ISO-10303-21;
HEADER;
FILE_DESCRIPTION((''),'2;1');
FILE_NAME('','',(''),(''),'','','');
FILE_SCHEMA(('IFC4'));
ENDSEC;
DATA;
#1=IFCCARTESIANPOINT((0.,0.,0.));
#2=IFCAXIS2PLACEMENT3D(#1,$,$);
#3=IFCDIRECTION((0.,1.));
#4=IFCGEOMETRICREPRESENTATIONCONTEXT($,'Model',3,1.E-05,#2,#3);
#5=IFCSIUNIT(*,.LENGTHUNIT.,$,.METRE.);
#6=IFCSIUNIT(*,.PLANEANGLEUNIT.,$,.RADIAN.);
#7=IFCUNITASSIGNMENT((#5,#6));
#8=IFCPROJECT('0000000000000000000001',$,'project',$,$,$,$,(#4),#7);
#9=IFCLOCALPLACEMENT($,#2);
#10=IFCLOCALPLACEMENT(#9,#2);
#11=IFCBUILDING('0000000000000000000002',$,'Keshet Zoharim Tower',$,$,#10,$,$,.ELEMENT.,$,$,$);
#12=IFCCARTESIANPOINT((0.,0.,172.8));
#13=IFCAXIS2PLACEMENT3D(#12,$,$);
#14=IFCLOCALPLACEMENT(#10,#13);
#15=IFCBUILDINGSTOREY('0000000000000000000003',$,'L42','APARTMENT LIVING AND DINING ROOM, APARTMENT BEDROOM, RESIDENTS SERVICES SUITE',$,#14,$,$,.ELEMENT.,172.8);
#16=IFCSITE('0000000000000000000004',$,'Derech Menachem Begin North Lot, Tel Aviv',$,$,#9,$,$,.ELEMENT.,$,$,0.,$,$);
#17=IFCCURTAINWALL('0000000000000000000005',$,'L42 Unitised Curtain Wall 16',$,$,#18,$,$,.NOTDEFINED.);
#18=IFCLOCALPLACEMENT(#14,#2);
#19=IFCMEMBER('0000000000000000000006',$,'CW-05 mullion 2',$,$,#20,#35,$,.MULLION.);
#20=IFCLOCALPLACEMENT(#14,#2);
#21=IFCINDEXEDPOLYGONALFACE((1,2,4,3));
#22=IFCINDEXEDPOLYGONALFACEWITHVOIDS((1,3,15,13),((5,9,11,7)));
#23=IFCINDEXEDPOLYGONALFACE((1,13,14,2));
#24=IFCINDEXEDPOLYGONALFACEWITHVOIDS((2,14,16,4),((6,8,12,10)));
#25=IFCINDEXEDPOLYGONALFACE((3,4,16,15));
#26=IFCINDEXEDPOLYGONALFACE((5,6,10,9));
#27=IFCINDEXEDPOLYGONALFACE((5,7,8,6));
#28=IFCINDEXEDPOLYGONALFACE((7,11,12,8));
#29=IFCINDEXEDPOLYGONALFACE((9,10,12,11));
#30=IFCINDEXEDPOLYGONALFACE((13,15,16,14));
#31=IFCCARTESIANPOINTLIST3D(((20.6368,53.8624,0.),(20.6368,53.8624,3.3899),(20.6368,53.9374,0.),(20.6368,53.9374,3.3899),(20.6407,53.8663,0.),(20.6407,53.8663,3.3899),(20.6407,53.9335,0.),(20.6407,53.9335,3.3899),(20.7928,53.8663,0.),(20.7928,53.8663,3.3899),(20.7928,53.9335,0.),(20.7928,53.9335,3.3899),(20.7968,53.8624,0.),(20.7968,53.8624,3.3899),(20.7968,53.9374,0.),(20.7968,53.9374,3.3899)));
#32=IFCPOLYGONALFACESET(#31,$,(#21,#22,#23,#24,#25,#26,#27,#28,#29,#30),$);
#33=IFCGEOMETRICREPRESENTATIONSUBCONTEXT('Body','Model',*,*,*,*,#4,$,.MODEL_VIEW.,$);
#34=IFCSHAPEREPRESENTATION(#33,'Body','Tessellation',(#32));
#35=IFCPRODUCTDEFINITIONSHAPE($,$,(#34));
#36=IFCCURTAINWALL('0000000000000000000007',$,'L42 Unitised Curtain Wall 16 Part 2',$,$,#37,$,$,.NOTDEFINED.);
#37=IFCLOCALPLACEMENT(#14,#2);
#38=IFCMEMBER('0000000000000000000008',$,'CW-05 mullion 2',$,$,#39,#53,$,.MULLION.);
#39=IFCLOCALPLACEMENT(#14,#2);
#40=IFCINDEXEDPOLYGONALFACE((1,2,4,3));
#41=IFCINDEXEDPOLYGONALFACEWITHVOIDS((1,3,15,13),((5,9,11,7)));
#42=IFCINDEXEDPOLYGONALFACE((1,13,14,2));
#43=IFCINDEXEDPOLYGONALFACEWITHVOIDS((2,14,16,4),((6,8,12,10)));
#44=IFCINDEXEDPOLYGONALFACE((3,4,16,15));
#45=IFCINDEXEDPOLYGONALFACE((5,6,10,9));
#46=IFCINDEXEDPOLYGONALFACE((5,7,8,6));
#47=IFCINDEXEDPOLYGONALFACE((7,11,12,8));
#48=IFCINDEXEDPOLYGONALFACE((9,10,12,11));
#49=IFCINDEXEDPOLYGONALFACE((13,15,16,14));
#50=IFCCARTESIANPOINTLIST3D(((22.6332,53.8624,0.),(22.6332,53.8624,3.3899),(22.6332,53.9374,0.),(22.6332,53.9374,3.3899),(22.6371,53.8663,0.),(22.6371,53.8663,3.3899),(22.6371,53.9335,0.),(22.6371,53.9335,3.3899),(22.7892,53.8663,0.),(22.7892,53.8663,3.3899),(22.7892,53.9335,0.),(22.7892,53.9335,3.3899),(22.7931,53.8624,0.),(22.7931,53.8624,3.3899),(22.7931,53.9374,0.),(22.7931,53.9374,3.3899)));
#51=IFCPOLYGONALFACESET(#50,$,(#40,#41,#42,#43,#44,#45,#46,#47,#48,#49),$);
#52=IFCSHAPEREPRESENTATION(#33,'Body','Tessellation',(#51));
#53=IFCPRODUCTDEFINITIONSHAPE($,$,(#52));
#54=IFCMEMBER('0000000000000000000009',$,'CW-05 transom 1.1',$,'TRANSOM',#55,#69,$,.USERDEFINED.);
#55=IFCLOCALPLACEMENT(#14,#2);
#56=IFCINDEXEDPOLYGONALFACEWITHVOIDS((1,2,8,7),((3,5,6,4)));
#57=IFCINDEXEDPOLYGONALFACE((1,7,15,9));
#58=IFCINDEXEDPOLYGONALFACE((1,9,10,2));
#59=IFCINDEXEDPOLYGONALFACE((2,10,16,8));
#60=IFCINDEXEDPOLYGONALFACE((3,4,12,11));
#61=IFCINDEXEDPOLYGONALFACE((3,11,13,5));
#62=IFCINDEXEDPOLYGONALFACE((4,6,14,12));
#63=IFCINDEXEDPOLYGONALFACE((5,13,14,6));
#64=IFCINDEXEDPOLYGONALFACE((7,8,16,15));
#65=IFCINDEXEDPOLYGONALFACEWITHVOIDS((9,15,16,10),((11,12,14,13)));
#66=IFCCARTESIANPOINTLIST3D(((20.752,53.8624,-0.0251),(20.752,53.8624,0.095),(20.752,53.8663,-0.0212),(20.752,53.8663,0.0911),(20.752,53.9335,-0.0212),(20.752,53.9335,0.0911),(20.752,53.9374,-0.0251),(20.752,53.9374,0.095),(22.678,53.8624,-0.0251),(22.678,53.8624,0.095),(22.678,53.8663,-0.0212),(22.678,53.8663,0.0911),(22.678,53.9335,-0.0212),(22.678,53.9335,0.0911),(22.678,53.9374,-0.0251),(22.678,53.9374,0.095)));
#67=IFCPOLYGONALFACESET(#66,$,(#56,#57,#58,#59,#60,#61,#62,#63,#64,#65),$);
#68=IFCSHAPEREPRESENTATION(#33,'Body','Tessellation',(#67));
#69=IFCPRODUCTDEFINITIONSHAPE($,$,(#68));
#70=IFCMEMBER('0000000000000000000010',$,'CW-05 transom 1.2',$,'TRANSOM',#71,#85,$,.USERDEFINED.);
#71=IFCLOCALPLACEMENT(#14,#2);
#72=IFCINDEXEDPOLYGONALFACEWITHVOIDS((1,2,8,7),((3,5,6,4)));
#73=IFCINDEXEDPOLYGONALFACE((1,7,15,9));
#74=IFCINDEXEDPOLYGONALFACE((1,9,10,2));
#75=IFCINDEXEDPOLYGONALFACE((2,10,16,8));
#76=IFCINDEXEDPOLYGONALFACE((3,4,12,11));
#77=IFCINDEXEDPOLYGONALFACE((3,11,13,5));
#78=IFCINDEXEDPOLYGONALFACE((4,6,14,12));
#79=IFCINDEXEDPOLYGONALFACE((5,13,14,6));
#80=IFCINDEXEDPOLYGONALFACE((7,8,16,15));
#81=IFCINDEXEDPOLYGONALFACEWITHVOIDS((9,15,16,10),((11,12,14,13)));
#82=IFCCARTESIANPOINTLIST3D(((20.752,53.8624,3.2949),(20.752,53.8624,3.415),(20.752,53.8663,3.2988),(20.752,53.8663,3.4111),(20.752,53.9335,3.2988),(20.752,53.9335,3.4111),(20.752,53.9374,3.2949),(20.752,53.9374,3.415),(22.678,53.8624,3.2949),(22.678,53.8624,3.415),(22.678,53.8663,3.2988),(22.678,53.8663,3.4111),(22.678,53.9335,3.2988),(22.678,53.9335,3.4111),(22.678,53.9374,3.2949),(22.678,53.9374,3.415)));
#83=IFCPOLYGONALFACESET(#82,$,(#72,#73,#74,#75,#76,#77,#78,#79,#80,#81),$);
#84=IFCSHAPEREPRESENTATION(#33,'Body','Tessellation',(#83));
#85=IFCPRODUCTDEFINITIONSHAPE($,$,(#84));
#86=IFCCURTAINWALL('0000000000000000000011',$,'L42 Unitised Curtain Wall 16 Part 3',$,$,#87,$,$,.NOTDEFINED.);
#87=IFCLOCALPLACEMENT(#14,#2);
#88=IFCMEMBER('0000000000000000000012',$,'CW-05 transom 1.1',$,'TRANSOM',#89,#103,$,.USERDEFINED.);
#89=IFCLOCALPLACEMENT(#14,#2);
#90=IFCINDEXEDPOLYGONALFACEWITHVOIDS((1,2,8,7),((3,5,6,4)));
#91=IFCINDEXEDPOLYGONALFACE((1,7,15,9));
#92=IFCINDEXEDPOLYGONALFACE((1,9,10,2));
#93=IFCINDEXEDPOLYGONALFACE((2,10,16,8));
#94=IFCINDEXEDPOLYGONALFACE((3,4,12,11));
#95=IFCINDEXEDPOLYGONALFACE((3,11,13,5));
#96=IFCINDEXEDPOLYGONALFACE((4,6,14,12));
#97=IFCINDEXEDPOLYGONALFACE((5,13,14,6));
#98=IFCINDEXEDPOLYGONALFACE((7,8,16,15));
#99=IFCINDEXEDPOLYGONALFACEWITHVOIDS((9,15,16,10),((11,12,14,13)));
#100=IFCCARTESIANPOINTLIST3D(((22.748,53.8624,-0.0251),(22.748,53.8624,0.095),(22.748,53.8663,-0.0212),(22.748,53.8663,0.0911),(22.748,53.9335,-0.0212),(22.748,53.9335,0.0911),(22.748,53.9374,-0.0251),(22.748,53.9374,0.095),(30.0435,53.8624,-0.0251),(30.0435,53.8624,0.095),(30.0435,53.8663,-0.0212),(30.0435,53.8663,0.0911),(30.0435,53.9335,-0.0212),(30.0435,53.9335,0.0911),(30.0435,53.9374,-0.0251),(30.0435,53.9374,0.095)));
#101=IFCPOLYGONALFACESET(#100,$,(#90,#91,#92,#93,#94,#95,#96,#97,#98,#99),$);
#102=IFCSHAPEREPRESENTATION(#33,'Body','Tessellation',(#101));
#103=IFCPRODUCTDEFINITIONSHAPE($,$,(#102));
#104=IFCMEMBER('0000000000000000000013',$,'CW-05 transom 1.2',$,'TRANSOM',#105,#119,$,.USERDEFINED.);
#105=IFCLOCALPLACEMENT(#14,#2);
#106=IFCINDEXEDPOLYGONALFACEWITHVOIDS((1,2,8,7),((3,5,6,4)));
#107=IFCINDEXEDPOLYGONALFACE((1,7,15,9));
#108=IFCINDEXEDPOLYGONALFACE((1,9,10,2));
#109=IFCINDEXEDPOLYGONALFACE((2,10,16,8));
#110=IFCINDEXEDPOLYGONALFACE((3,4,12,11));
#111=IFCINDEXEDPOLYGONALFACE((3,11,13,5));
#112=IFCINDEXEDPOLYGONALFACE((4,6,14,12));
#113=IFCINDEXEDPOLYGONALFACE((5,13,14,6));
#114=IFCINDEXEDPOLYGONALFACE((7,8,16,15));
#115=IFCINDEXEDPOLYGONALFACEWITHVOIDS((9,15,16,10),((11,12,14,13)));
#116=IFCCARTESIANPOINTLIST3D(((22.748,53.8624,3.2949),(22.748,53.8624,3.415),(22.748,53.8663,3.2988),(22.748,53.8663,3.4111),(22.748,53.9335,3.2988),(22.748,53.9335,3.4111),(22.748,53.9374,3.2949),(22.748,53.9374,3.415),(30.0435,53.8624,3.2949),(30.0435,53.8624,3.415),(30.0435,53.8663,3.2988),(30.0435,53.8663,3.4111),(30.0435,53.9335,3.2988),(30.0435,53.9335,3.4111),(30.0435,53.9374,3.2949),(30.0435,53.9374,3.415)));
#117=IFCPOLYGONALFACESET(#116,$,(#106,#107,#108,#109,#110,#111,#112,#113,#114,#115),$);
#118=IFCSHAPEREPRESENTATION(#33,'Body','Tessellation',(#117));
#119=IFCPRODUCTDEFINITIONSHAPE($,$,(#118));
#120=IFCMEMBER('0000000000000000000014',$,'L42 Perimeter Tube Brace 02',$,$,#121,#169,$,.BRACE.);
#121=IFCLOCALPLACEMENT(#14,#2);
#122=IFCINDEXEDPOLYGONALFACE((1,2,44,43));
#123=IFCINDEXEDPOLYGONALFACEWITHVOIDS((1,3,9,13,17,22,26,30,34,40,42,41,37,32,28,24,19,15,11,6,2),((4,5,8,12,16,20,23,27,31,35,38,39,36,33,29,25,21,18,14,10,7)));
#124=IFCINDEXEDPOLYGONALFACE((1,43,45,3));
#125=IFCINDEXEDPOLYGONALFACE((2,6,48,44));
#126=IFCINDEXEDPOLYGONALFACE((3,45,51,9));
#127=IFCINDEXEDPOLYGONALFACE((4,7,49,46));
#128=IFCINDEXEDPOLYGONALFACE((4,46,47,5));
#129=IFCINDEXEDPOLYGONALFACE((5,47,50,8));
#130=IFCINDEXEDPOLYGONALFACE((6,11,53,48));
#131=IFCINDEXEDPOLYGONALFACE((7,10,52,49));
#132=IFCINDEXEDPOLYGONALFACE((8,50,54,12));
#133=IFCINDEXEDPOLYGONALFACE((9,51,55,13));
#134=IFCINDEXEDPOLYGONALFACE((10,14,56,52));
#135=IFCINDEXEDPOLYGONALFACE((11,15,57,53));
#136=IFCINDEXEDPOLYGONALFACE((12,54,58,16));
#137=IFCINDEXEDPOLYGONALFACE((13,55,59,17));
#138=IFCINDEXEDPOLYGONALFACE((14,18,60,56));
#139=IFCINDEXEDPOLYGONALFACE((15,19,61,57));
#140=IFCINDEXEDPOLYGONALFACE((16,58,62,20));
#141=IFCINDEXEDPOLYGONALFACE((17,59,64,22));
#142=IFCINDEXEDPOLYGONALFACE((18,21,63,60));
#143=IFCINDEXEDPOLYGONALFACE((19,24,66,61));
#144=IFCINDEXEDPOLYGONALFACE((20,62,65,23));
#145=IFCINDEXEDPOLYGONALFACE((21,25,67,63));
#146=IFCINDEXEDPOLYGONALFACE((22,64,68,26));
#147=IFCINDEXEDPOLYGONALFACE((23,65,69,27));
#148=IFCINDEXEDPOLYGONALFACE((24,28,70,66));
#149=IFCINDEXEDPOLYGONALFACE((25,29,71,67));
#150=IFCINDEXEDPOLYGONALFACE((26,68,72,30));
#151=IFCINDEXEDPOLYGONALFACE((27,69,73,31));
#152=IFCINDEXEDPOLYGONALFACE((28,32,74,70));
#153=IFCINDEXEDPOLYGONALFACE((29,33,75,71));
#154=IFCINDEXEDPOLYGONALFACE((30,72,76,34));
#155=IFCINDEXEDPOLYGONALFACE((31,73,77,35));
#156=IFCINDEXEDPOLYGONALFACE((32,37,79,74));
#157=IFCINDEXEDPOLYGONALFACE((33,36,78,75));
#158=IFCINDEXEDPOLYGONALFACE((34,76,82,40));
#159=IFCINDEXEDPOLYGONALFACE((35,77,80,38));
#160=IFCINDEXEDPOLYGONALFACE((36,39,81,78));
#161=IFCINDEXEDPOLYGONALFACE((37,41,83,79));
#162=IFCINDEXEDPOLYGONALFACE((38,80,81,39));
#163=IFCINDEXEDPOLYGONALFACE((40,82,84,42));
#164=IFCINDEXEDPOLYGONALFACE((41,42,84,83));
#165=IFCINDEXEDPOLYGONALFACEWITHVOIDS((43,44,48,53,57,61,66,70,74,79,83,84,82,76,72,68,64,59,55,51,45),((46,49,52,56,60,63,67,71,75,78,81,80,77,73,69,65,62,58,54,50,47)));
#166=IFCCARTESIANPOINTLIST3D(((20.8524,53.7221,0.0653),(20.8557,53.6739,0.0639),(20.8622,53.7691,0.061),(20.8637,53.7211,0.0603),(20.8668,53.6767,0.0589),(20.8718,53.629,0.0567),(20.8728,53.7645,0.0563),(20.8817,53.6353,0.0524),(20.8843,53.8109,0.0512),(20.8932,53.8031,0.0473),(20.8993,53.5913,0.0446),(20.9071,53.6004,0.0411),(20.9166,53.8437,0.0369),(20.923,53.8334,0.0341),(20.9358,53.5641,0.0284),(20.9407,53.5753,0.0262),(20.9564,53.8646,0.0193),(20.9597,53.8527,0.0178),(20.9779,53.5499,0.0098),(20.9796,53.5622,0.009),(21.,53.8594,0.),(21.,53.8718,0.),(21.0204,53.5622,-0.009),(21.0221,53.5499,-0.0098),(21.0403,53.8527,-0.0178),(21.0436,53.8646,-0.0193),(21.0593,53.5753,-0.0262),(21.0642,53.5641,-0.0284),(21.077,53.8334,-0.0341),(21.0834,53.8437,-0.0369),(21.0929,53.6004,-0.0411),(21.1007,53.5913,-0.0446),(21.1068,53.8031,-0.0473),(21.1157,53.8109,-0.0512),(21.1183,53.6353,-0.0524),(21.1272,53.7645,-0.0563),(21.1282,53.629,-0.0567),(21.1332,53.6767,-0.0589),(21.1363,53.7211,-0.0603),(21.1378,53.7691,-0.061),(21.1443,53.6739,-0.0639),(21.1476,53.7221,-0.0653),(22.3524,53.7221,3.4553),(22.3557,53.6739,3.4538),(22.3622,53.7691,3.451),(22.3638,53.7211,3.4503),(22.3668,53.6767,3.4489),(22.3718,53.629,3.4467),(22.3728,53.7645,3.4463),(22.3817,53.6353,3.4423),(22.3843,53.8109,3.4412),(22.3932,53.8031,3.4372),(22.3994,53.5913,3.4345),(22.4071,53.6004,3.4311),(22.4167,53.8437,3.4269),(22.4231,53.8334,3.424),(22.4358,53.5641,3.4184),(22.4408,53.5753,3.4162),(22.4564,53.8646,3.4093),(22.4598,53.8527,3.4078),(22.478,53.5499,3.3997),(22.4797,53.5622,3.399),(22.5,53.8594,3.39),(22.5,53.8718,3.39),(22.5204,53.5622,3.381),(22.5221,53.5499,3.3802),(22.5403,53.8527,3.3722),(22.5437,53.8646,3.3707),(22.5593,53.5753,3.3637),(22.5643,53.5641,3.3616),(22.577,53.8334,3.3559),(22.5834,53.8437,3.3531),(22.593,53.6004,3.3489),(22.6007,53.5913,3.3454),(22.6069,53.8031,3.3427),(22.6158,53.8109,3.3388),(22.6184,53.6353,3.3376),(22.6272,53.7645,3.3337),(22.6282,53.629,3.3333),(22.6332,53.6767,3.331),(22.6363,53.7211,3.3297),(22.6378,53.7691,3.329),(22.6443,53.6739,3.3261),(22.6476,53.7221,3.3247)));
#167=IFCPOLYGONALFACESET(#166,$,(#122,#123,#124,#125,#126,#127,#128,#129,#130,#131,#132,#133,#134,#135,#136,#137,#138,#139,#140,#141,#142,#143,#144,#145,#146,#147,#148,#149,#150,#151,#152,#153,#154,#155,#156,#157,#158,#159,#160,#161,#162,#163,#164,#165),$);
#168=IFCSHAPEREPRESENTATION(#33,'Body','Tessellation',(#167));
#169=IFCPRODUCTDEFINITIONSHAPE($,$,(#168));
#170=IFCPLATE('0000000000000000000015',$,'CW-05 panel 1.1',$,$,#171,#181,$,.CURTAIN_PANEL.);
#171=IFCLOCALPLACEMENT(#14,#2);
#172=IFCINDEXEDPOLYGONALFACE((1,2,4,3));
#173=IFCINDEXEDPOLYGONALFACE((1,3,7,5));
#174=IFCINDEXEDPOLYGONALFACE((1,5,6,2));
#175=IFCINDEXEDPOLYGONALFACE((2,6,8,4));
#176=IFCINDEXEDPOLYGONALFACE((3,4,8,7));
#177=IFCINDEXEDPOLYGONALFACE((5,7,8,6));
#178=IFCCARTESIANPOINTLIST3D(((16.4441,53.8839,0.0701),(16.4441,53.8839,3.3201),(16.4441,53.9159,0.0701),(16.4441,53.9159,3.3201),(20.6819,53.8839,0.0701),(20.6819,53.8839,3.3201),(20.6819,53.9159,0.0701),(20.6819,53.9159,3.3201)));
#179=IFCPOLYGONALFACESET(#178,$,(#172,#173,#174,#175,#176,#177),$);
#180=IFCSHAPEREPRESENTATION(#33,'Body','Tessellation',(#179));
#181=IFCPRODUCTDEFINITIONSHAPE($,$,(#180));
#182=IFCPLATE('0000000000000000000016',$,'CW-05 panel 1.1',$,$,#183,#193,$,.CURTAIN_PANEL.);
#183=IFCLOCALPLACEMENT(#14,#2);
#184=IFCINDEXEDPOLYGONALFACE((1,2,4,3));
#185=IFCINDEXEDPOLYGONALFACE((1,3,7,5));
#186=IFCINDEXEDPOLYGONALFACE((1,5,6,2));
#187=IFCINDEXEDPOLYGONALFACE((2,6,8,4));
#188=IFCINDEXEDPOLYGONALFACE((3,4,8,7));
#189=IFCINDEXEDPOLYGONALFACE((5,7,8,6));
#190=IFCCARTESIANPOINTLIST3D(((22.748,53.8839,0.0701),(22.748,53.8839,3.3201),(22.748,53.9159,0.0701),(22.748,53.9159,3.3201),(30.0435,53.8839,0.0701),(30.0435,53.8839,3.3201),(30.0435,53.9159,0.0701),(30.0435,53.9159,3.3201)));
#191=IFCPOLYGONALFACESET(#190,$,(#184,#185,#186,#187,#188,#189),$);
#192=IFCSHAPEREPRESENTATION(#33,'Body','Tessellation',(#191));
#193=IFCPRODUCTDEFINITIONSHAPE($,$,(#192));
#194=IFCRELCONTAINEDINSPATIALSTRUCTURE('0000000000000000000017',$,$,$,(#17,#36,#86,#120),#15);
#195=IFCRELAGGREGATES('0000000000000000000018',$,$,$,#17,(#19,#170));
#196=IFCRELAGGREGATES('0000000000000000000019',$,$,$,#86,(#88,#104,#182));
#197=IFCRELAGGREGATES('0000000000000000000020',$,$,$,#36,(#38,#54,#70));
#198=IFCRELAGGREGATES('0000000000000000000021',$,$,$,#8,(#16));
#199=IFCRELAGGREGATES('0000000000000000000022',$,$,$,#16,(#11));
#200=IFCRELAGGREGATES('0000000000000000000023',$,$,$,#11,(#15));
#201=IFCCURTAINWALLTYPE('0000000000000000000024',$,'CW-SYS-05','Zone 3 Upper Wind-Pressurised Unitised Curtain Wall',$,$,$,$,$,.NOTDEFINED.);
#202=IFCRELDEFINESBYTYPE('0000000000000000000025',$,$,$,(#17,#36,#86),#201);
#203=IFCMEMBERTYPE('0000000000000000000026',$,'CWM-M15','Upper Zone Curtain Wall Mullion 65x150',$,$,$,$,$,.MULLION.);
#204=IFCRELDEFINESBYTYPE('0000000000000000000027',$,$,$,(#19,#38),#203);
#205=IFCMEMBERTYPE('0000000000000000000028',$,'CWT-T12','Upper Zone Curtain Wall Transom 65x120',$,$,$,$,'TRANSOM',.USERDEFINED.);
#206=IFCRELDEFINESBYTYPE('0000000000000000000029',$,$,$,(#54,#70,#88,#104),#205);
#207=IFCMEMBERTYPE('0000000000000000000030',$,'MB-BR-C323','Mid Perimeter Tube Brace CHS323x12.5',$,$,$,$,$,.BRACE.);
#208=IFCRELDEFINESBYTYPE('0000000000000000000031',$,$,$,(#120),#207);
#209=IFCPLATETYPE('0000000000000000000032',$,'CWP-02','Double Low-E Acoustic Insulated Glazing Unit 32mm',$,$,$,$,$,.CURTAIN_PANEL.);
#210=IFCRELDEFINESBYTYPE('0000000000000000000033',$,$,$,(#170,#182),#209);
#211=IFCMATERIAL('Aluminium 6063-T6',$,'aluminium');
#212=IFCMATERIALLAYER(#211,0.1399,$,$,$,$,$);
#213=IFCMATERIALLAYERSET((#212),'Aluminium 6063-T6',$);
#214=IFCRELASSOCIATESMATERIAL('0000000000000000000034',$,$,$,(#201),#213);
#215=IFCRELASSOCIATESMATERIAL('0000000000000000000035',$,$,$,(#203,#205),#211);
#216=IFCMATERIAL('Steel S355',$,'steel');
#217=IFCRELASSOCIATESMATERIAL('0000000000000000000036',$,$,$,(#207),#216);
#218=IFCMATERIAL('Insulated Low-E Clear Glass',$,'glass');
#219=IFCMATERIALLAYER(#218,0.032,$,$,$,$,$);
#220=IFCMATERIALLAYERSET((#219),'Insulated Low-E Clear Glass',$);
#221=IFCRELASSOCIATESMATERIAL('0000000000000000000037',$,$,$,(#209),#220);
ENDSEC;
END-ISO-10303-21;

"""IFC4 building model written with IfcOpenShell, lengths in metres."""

from ifc_helpers import new_model, si_unit, direction, frame, origin, origin_2d, place, context, subcontext, project, spatial, rectangle, hollow_rectangle, hollow_circle, extrude, material, layer, layer_set, material_profile, profile_set, type_object, element, aggregate, save


model = new_model("IFC4")

# Units and contexts
model_context = context("Model", 3, precision=1e-05, world=origin(), true_north=direction((0.0, 1.0)))
body_context = subcontext(model_context, "Body", "Model", "MODEL_VIEW")
ifc_project = project(units=[si_unit("LENGTHUNIT", "METRE"), si_unit("PLANEANGLEUNIT", "RADIAN")], contexts=[model_context])

# Site, building, storey
site_placement = place(None, origin())
site = spatial("IfcSite", under=ifc_project, at=site_placement, Name="Derech Menachem Begin North Lot, Tel Aviv", CompositionType="ELEMENT", RefElevation=0.0)
building_placement = place(site_placement, origin())
building = spatial("IfcBuilding", under=site, at=building_placement, Name="Keshet Zoharim Tower", CompositionType="ELEMENT")
storey_placement = place(building_placement, frame((0.0, 0.0, 172.8)))
storey = spatial("IfcBuildingStorey", under=building, at=storey_placement, Name="L42", Description="APARTMENT LIVING AND DINING ROOM, APARTMENT BEDROOM, RESIDENTS SERVICES SUITE", CompositionType="ELEMENT", Elevation=172.8)

# Shared definitions
ifc_material_1 = material(Name="Steel S355", Category="steel")

# Curtain wall, member
ifc_material_2 = material(Name="Aluminium 6063-T6", Category="aluminium")
ifc_layer_1 = layer(ifc_material_2, 0.1399)
ifc_layer_set_1 = layer_set([ifc_layer_1], Name="Aluminium 6063-T6")
curtain_wall_type = type_object("IfcCurtainWallType", Name="CW-SYS-05", Description="Zone 3 Upper Wind-Pressurised Unitised Curtain Wall", PredefinedType="NOTDEFINED", material=ifc_layer_set_1)
curtain_wall_1_placement = place(storey_placement, origin())
curtain_wall_1 = element("IfcCurtainWall", 1, at=curtain_wall_1_placement, inside=storey, type_object=curtain_wall_type, Name="L42 Unitised Curtain Wall 16", PredefinedType="NOTDEFINED")
ifc_material_profile_1 = material_profile(ifc_material_2, hollow_rectangle(XDim=0.075, YDim=0.1599, WallThickness=0.0039, at=origin_2d()), Name="MUL-75x160")
ifc_profile_set_1 = profile_set([ifc_material_profile_1], Name="Aluminium 6063-T6")
member_type_1 = type_object("IfcMemberType", Name="CWM-M15", Description="Upper Zone Curtain Wall Mullion 65x150", PredefinedType="MULLION", material=ifc_profile_set_1)
member_1_placement = place(storey_placement, frame((20.7168, 53.8999, 0.0), z_axis=(0.0, 0.0, 1.0), x_axis=(0.0, 1.0, 0.0)))
member_1 = element("IfcMember", 2, at=member_1_placement, type_object=member_type_1, Name="CW-05 mullion 2", PredefinedType="MULLION", context=body_context, shape_type="SweptSolid", body=[
    extrude(hollow_rectangle(XDim=0.075, YDim=0.1599, WallThickness=0.0039, at=origin_2d()), origin(), (0.0, 0.0, 1.0), 3.3899),
])

# Curtain walls, members
curtain_wall_2_placement = place(storey_placement, origin())
curtain_wall_2 = element("IfcCurtainWall", 3, at=curtain_wall_2_placement, inside=storey, type_object=curtain_wall_type, Name="L42 Unitised Curtain Wall 16 Part 2", PredefinedType="NOTDEFINED")
member_2_placement = place(storey_placement, frame((22.7131, 53.8999, 0.0), z_axis=(0.0, 0.0, 1.0), x_axis=(0.0, 1.0, 0.0)))
member_2 = element("IfcMember", 4, at=member_2_placement, type_object=member_type_1, Name="CW-05 mullion 2", PredefinedType="MULLION", context=body_context, shape_type="SweptSolid", body=[
    extrude(hollow_rectangle(XDim=0.075, YDim=0.1599, WallThickness=0.0039, at=origin_2d()), origin(), (0.0, 0.0, 1.0), 3.3899),
])
ifc_material_profile_2 = material_profile(ifc_material_2, hollow_rectangle(XDim=0.075, YDim=0.1201, WallThickness=0.0039, at=origin_2d()), Name="TRN-75x120")
ifc_profile_set_2 = profile_set([ifc_material_profile_2], Name="Aluminium 6063-T6")
member_type_2 = type_object("IfcMemberType", Name="CWT-T12", Description="Upper Zone Curtain Wall Transom 65x120", ElementType="TRANSOM", PredefinedType="USERDEFINED", material=ifc_profile_set_2)
member_3_placement = place(storey_placement, frame((20.752, 53.8999, 0.0349), z_axis=(1.0, 0.0, 0.0), x_axis=(0.0, 1.0, 0.0)))
member_3 = element("IfcMember", 5, at=member_3_placement, type_object=member_type_2, Name="CW-05 transom 1.1", ObjectType="TRANSOM", PredefinedType="USERDEFINED", context=body_context, shape_type="SweptSolid", body=[
    extrude(hollow_rectangle(XDim=0.075, YDim=0.1201, WallThickness=0.0039, at=origin_2d()), origin(), (0.0, 0.0, 1.0), 1.926),
])
member_4_placement = place(storey_placement, frame((20.752, 53.8999, 3.355), z_axis=(1.0, 0.0, 0.0), x_axis=(0.0, 1.0, 0.0)))
member_4 = element("IfcMember", 6, at=member_4_placement, type_object=member_type_2, Name="CW-05 transom 1.2", ObjectType="TRANSOM", PredefinedType="USERDEFINED", context=body_context, shape_type="SweptSolid", body=[
    extrude(hollow_rectangle(XDim=0.075, YDim=0.1201, WallThickness=0.0039, at=origin_2d()), origin(), (0.0, 0.0, 1.0), 1.926),
])
curtain_wall_3_placement = place(storey_placement, origin())
curtain_wall_3 = element("IfcCurtainWall", 7, at=curtain_wall_3_placement, inside=storey, type_object=curtain_wall_type, Name="L42 Unitised Curtain Wall 16 Part 3", PredefinedType="NOTDEFINED")
member_5_placement = place(storey_placement, frame((22.748, 53.8999, 0.0349), z_axis=(1.0, 0.0, 0.0), x_axis=(0.0, 1.0, 0.0)))
member_5 = element("IfcMember", 8, at=member_5_placement, type_object=member_type_2, Name="CW-05 transom 1.1", ObjectType="TRANSOM", PredefinedType="USERDEFINED", context=body_context, shape_type="SweptSolid", body=[
    extrude(hollow_rectangle(XDim=0.075, YDim=0.1201, WallThickness=0.0039, at=origin_2d()), origin(), (0.0, 0.0, 1.0), 7.2954),
])
member_6_placement = place(storey_placement, frame((22.748, 53.8999, 3.355), z_axis=(1.0, 0.0, 0.0), x_axis=(0.0, 1.0, 0.0)))
member_6 = element("IfcMember", 9, at=member_6_placement, type_object=member_type_2, Name="CW-05 transom 1.2", ObjectType="TRANSOM", PredefinedType="USERDEFINED", context=body_context, shape_type="SweptSolid", body=[
    extrude(hollow_rectangle(XDim=0.075, YDim=0.1201, WallThickness=0.0039, at=origin_2d()), origin(), (0.0, 0.0, 1.0), 7.2954),
])

# Member
ifc_material_profile_3 = material_profile(ifc_material_1, hollow_circle(Radius=0.1619, WallThickness=0.0125, at=origin_2d()), Name="CHS323x12.5")
ifc_profile_set_3 = profile_set([ifc_material_profile_3], Name="Steel S355")
member_type_3 = type_object("IfcMemberType", Name="MB-BR-C323", Description="Mid Perimeter Tube Brace CHS323x12.5", PredefinedType="BRACE", material=ifc_profile_set_3)
member_7_placement = place(storey_placement, frame((21.0, 53.71, 0.0), z_axis=(0.404647, 0.0, 0.914473), x_axis=(0.0, 1.0, 0.0)))
element("IfcMember", 10, at=member_7_placement, inside=storey, type_object=member_type_3, Name="L42 Perimeter Tube Brace 02", PredefinedType="BRACE", context=body_context, shape_type="SweptSolid", body=[
    extrude(hollow_circle(Radius=0.1619, WallThickness=0.0125, at=origin_2d()), origin(), (0.0, 0.0, 1.0), 3.707),
])

# Plates
ifc_material_3 = material(Name="Insulated Low-E Clear Glass", Category="glass")
ifc_layer_2 = layer(ifc_material_3, 0.032)
ifc_layer_set_2 = layer_set([ifc_layer_2], Name="Insulated Low-E Clear Glass")
plate_type_1 = type_object("IfcPlateType", Name="CWP-02", Description="Double Low-E Acoustic Insulated Glazing Unit 32mm", PredefinedType="CURTAIN_PANEL", material=ifc_layer_set_2)
plate_1_placement = place(storey_placement, frame((18.563, 53.8999, 0.0701), z_axis=(0.0, 0.0, 1.0), x_axis=(1.0, 0.0, 0.0)))
plate_1 = element("IfcPlate", 11, at=plate_1_placement, type_object=plate_type_1, Name="CW-05 panel 1.1", PredefinedType="CURTAIN_PANEL", context=body_context, shape_type="SweptSolid", body=[
    extrude(rectangle(XDim=4.2378, YDim=0.032, at=origin_2d()), origin(), (0.0, 0.0, 1.0), 3.25),
])
aggregate(curtain_wall_1, [member_1, plate_1])
plate_2_placement = place(storey_placement, frame((26.3958, 53.8999, 0.0701), z_axis=(0.0, 0.0, 1.0), x_axis=(1.0, 0.0, 0.0)))
plate_2 = element("IfcPlate", 12, at=plate_2_placement, type_object=plate_type_1, Name="CW-05 panel 1.1", PredefinedType="CURTAIN_PANEL", context=body_context, shape_type="SweptSolid", body=[
    extrude(rectangle(XDim=7.2954, YDim=0.032, at=origin_2d()), origin(), (0.0, 0.0, 1.0), 3.25),
])
aggregate(curtain_wall_3, [member_5, member_6, plate_2])
aggregate(curtain_wall_2, [member_2, member_3, member_4])

save(model, "model.ifc")
